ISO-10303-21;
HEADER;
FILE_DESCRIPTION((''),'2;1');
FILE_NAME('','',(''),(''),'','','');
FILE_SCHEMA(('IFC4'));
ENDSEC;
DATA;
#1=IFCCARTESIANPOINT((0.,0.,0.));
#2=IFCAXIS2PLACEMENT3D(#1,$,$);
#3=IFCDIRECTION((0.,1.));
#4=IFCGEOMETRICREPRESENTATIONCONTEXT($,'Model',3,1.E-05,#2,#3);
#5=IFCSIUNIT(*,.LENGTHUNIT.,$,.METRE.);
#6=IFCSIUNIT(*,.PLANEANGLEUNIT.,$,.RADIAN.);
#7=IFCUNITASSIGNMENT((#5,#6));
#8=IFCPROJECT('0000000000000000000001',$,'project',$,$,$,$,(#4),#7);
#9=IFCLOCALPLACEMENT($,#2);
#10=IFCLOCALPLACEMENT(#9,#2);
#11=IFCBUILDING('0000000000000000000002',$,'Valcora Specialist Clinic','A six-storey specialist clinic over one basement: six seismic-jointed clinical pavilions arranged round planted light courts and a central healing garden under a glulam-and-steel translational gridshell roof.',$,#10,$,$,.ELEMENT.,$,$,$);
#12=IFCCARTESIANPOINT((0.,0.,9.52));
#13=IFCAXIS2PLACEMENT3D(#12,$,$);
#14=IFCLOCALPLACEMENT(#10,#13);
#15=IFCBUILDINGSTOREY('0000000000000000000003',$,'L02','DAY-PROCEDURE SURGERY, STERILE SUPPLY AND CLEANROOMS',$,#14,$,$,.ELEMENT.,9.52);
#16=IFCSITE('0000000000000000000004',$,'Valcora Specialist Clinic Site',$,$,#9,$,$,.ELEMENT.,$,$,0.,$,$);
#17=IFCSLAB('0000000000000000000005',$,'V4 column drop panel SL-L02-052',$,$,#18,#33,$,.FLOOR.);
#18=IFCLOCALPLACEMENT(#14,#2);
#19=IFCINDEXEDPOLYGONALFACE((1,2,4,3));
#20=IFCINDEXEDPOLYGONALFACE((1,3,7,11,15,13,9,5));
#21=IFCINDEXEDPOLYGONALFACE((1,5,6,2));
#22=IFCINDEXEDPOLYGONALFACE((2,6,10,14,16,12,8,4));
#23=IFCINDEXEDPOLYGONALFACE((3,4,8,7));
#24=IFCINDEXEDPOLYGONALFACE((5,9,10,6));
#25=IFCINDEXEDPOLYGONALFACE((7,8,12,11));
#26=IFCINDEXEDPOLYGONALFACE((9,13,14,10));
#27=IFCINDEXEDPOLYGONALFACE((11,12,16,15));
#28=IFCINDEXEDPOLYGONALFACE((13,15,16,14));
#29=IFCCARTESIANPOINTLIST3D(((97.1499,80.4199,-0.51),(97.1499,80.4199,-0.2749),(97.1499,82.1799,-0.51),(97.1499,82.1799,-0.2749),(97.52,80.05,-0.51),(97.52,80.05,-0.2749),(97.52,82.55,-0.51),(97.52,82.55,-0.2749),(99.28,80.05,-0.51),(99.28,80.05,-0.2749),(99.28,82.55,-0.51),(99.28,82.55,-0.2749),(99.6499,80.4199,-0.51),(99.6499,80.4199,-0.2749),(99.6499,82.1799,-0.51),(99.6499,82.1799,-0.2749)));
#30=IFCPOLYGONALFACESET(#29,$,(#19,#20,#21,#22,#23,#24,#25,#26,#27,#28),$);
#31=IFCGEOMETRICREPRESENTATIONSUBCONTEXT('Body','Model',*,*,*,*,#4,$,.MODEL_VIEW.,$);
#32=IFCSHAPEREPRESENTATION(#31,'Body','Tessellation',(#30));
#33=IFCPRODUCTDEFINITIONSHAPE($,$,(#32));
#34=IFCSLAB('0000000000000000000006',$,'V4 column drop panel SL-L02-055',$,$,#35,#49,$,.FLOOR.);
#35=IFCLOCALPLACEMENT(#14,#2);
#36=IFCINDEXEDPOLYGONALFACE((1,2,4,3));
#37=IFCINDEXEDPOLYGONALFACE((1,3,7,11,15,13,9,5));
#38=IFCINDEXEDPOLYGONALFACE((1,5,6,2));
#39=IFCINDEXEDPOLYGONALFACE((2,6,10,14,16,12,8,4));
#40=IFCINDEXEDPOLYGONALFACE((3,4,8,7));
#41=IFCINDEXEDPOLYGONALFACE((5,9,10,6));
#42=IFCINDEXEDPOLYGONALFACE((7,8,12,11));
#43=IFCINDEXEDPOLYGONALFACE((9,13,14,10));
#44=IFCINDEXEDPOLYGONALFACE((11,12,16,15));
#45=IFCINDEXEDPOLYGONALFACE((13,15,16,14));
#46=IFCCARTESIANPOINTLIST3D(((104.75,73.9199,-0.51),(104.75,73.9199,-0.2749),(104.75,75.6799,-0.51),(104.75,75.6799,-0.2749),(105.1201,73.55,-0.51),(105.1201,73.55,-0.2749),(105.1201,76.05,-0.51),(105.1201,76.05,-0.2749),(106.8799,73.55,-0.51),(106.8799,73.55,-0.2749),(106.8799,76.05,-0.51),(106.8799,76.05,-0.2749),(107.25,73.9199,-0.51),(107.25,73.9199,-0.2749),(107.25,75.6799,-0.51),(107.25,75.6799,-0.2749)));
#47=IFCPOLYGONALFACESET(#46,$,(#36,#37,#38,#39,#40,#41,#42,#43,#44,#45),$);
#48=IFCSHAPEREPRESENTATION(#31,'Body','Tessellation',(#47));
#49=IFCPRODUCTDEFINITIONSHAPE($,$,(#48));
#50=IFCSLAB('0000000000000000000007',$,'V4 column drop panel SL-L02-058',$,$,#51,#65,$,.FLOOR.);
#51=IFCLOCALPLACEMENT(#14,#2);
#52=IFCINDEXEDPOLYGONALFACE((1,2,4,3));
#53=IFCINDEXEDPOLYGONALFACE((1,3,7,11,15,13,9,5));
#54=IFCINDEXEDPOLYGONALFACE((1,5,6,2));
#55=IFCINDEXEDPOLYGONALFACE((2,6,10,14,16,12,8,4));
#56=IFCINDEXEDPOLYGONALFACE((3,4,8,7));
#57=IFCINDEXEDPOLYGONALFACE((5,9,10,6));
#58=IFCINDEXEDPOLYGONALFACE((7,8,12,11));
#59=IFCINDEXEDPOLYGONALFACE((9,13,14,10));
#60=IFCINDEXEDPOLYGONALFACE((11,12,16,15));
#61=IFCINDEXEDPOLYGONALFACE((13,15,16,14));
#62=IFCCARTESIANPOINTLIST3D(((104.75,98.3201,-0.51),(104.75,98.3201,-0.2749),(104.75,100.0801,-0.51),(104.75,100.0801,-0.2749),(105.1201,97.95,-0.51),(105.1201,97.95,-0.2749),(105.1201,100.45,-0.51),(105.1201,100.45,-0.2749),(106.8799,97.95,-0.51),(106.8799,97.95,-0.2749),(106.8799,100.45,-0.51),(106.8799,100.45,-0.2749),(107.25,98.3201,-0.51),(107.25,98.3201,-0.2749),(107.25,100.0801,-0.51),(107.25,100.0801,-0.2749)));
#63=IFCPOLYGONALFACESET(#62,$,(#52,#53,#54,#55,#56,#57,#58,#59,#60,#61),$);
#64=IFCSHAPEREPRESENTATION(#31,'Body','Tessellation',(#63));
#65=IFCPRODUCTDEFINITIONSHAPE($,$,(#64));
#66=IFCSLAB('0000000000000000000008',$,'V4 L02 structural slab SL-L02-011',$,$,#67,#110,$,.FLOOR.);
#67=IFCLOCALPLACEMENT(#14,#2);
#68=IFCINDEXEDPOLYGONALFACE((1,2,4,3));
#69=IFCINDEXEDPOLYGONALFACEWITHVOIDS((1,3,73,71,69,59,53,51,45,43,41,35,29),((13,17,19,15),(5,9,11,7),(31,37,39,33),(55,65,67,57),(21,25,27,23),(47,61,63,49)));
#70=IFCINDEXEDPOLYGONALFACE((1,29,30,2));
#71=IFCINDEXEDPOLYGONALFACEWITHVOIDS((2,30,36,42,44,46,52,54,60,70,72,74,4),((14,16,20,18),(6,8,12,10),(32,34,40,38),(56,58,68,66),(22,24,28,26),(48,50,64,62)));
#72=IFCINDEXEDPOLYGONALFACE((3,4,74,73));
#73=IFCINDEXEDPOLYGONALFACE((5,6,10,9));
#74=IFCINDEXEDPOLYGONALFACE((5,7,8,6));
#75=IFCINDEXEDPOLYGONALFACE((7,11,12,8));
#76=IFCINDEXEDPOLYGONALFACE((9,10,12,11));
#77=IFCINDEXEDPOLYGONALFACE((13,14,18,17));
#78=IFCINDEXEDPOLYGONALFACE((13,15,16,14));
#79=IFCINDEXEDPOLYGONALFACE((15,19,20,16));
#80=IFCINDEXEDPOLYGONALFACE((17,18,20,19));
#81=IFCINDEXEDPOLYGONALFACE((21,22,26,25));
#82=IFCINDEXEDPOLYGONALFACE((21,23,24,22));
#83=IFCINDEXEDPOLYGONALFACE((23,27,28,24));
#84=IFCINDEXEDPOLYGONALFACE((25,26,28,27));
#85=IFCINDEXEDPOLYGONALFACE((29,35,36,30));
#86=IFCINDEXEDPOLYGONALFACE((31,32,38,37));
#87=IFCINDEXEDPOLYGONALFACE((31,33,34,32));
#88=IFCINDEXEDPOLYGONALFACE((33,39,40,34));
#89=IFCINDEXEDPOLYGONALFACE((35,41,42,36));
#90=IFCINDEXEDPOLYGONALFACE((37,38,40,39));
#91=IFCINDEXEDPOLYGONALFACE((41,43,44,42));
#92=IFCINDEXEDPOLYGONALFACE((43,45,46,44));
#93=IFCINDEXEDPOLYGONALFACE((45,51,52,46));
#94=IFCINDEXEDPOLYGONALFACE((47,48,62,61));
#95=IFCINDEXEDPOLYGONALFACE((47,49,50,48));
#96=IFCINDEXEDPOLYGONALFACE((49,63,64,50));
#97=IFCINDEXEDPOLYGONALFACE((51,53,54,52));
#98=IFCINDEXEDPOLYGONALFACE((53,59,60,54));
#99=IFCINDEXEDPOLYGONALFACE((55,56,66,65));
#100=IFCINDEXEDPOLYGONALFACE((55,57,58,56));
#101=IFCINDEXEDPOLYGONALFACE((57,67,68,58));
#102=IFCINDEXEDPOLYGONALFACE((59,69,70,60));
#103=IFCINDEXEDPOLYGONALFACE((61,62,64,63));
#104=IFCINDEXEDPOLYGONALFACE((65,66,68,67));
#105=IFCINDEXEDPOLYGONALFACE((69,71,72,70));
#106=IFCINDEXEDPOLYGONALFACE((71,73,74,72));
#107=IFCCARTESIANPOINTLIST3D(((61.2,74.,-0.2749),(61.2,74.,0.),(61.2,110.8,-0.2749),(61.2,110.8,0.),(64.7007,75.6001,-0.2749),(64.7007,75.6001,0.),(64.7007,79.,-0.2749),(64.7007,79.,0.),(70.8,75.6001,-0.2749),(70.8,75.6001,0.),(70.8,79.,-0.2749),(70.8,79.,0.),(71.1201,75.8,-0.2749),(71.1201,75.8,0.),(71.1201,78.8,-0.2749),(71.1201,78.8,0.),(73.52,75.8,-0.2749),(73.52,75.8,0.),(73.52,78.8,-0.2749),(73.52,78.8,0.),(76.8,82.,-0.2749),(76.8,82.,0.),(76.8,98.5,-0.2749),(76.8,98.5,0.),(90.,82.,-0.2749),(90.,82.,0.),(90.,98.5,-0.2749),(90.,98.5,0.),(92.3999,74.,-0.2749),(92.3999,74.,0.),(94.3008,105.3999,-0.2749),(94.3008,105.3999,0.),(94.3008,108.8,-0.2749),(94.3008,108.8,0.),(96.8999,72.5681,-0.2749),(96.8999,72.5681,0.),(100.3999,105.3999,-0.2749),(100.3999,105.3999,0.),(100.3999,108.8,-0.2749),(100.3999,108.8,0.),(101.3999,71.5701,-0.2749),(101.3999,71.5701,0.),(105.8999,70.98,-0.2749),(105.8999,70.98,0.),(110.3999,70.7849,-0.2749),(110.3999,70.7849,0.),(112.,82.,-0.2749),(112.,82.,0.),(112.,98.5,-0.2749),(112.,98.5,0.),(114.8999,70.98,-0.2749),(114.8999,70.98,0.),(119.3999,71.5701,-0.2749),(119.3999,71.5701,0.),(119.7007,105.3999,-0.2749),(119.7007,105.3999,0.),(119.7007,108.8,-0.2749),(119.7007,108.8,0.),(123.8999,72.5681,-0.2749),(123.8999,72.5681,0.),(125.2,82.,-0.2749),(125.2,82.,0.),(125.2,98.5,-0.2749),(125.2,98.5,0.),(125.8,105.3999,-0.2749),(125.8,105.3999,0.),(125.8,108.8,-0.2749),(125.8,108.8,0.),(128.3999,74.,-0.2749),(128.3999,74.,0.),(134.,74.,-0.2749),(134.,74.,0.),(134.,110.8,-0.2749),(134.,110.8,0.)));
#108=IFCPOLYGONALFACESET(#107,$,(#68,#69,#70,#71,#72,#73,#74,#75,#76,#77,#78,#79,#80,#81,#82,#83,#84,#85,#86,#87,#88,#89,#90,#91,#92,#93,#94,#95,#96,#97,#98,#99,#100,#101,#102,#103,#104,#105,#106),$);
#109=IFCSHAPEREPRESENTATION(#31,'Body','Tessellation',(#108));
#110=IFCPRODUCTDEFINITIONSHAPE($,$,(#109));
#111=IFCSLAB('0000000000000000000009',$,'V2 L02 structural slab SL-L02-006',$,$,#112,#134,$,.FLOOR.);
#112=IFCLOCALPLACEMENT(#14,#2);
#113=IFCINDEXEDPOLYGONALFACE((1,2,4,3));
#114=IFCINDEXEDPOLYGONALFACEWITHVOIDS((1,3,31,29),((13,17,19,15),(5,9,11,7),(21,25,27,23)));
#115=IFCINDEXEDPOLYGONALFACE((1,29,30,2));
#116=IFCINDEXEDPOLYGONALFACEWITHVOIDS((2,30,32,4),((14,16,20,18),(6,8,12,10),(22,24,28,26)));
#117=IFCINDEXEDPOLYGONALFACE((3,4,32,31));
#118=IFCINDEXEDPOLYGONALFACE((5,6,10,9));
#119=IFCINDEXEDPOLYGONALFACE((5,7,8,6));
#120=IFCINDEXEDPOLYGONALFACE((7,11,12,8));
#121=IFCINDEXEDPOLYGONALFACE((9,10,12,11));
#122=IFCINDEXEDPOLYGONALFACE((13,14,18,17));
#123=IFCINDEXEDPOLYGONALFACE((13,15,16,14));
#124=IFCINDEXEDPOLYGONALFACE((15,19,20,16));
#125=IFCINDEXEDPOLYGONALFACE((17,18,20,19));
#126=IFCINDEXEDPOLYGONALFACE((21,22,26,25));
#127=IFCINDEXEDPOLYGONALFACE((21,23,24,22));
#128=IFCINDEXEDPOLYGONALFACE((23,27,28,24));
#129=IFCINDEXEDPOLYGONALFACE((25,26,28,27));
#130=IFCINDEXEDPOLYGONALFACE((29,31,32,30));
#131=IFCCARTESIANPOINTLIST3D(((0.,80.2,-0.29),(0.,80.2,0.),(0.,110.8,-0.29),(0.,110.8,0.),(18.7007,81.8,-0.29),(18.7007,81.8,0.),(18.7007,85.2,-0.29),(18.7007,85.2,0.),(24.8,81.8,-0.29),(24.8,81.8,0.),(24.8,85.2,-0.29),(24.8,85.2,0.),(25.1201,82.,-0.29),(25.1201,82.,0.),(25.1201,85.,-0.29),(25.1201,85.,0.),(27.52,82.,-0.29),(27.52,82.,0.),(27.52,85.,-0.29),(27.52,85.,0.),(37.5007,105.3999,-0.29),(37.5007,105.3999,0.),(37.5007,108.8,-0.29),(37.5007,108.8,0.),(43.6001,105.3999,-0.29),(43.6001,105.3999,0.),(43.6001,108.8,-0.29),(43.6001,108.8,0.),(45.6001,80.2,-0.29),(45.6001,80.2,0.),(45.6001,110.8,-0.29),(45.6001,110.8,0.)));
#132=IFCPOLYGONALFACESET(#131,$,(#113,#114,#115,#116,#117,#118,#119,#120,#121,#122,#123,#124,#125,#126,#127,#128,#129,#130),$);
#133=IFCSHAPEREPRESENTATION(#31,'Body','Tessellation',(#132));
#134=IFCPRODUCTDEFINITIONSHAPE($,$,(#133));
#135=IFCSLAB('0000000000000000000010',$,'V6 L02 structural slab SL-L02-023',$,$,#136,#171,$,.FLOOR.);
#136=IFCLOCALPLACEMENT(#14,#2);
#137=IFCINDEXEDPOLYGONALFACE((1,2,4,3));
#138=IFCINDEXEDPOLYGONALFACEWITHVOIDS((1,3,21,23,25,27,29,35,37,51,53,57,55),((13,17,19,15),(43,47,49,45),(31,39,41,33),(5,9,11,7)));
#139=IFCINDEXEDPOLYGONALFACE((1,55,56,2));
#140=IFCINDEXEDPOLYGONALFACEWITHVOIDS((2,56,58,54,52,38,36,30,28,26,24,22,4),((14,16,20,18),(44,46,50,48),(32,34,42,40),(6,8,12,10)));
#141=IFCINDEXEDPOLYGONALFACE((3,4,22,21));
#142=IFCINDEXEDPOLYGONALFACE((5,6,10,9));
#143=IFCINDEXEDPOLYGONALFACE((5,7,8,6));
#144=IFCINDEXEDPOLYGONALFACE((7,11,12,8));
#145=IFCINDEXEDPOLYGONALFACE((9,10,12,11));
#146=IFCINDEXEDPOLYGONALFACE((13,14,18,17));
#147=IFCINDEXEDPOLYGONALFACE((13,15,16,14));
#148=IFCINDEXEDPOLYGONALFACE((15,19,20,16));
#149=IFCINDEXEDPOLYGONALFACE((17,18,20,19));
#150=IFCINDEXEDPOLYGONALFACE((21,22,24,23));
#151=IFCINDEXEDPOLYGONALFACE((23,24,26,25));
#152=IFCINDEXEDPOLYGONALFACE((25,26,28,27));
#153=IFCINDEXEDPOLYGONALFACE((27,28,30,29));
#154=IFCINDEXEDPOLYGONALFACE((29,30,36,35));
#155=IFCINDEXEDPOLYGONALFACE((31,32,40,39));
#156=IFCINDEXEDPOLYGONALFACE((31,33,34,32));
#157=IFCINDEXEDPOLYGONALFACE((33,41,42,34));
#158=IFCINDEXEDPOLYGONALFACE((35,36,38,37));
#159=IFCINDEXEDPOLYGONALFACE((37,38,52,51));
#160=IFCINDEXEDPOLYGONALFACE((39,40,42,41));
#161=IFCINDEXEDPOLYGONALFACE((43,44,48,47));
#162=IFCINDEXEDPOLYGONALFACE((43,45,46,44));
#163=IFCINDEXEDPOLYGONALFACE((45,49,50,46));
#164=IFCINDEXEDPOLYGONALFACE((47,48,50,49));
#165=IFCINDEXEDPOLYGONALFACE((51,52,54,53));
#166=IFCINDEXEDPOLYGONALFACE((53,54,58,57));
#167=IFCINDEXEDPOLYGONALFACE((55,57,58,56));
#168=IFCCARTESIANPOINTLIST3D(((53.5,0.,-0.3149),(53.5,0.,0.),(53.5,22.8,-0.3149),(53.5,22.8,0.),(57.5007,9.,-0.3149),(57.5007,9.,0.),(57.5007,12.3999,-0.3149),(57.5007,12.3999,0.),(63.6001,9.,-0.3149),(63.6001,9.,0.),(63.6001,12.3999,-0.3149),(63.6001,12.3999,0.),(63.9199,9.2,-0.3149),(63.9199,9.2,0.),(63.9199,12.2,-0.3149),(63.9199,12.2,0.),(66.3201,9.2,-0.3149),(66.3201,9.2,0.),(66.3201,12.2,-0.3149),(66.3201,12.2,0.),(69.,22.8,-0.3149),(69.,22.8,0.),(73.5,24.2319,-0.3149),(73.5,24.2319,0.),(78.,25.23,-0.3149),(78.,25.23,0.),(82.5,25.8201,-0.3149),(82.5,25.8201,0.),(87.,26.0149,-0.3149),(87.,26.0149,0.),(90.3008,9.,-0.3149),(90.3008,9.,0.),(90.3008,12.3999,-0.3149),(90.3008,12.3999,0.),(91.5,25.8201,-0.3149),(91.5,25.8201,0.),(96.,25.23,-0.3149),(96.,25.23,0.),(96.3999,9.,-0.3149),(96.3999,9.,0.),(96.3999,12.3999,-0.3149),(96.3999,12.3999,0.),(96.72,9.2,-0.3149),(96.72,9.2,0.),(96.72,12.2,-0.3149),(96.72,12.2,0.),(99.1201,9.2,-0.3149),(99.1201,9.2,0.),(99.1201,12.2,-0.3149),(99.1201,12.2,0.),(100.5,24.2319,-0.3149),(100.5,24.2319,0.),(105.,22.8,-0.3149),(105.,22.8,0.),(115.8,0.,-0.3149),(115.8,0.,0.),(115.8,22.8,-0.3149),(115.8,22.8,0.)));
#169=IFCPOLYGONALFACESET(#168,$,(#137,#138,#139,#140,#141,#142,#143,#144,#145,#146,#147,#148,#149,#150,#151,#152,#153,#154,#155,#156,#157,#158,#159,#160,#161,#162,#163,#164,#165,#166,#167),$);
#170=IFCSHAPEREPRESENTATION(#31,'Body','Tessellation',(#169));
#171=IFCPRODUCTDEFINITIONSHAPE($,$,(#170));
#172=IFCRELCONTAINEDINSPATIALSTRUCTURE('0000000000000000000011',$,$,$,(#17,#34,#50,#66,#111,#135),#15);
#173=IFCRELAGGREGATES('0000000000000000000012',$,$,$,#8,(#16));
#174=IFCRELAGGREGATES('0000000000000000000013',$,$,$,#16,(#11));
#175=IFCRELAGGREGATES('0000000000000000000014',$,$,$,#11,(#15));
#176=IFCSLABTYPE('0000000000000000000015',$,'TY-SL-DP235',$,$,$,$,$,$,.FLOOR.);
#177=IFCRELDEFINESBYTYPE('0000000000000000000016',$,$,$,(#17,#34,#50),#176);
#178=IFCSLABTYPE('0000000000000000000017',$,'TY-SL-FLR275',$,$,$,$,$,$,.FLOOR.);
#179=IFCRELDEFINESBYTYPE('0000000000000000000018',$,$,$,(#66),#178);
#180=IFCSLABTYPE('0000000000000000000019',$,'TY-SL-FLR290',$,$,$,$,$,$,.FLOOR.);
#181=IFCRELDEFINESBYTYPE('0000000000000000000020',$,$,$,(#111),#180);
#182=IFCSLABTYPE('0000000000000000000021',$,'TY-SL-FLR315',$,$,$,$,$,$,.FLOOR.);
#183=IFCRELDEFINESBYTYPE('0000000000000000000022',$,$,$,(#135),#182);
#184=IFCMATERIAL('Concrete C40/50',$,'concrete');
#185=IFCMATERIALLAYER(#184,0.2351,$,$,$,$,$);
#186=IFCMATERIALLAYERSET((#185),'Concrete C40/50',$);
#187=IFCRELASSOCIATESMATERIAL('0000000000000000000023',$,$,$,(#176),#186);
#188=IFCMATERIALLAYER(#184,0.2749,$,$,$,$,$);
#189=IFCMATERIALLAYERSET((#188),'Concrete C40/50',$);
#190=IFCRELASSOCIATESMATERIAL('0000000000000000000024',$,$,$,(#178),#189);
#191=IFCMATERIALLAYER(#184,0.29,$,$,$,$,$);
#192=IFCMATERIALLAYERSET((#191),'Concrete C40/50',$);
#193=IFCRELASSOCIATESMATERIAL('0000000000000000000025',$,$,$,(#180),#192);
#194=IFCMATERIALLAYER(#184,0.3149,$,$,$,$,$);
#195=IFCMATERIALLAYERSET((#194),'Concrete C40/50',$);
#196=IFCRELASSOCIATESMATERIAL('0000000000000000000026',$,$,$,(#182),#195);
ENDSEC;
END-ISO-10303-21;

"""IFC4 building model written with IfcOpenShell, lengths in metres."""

from ifc_helpers import new_model, si_unit, direction, frame, origin, place, context, subcontext, project, spatial, polyline, outline, extrude, material, layer, layer_set, type_object, element, save


model = new_model("IFC4")

# Units and contexts
model_context = context("Model", 3, precision=1e-05, world=origin(), true_north=direction((0.0, 1.0)))
body_context = subcontext(model_context, "Body", "Model", "MODEL_VIEW")
ifc_project = project(units=[si_unit("LENGTHUNIT", "METRE"), si_unit("PLANEANGLEUNIT", "RADIAN")], contexts=[model_context])

# Site, building, storey
site_placement = place(None, origin())
site = spatial("IfcSite", under=ifc_project, at=site_placement, Name="Valcora Specialist Clinic Site", CompositionType="ELEMENT", RefElevation=0.0)
building_placement = place(site_placement, origin())
building = spatial("IfcBuilding", under=site, at=building_placement, Name="Valcora Specialist Clinic", Description="A six-storey specialist clinic over one basement: six seismic-jointed clinical pavilions arranged round planted light courts and a central healing garden under a glulam-and-steel translational gridshell roof.", CompositionType="ELEMENT")
storey_placement = place(building_placement, frame((0.0, 0.0, 9.52)))
storey = spatial("IfcBuildingStorey", under=building, at=storey_placement, Name="L02", Description="DAY-PROCEDURE SURGERY, STERILE SUPPLY AND CLEANROOMS", CompositionType="ELEMENT", Elevation=9.52)

# Slabs
ifc_material_1 = material(Name="Concrete C40/50", Category="concrete")
ifc_layer_1 = layer(ifc_material_1, 0.2351)
ifc_layer_set_1 = layer_set([ifc_layer_1], Name="Concrete C40/50")
slab_type_1 = type_object("IfcSlabType", Name="TY-SL-DP235", PredefinedType="FLOOR", material=ifc_layer_set_1)
slab_1_placement = place(storey_placement, frame((0.0, 0.0, -0.51)))
element("IfcSlab", 1, at=slab_1_placement, inside=storey, type_object=slab_type_1, Name="V4 column drop panel SL-L02-052", PredefinedType="FLOOR", context=body_context, shape_type="SweptSolid", body=[
    extrude(outline(polyline([(97.52, 80.05), (99.28, 80.05), (99.6499, 80.4199), (99.6499, 82.1799), (99.28, 82.55), (97.52, 82.55), (97.1499, 82.1799), (97.1499, 80.4199), (97.52, 80.05)])), origin(), (0.0, 0.0, 1.0), 0.2351),
])
slab_2_placement = place(storey_placement, frame((0.0, 0.0, -0.51)))
element("IfcSlab", 2, at=slab_2_placement, inside=storey, type_object=slab_type_1, Name="V4 column drop panel SL-L02-055", PredefinedType="FLOOR", context=body_context, shape_type="SweptSolid", body=[
    extrude(outline(polyline([(105.1201, 73.55), (106.8799, 73.55), (107.25, 73.9199), (107.25, 75.6799), (106.8799, 76.05), (105.1201, 76.05), (104.75, 75.6799), (104.75, 73.9199), (105.1201, 73.55)])), origin(), (0.0, 0.0, 1.0), 0.2351),
])
slab_3_placement = place(storey_placement, frame((0.0, 0.0, -0.51)))
element("IfcSlab", 3, at=slab_3_placement, inside=storey, type_object=slab_type_1, Name="V4 column drop panel SL-L02-058", PredefinedType="FLOOR", context=body_context, shape_type="SweptSolid", body=[
    extrude(outline(polyline([(105.1201, 97.95), (106.8799, 97.95), (107.25, 98.3201), (107.25, 100.0801), (106.8799, 100.45), (105.1201, 100.45), (104.75, 100.0801), (104.75, 98.3201), (105.1201, 97.95)])), origin(), (0.0, 0.0, 1.0), 0.2351),
])
ifc_layer_2 = layer(ifc_material_1, 0.2749)
ifc_layer_set_2 = layer_set([ifc_layer_2], Name="Concrete C40/50")
slab_type_2 = type_object("IfcSlabType", Name="TY-SL-FLR275", PredefinedType="FLOOR", material=ifc_layer_set_2)
slab_4_placement = place(storey_placement, frame((0.0, 0.0, -0.2749)))
element("IfcSlab", 4, at=slab_4_placement, inside=storey, type_object=slab_type_2, Name="V4 L02 structural slab SL-L02-011", PredefinedType="FLOOR", context=body_context, shape_type="SweptSolid", body=[
    extrude(outline(polyline([(61.2, 74.0), (92.3999, 74.0), (96.8999, 72.5681), (101.3999, 71.5701), (105.8999, 70.98), (110.3999, 70.7849), (114.8999, 70.98), (119.3999, 71.5701), (123.8999, 72.5681), (128.3999, 74.0), (134.0, 74.0), (134.0, 110.8), (61.2, 110.8), (61.2, 74.0)]), holes=[polyline([(76.8, 82.0), (90.0, 82.0), (90.0, 98.5), (76.8, 98.5), (76.8, 82.0)]), polyline([(112.0, 82.0), (125.2, 82.0), (125.2, 98.5), (112.0, 98.5), (112.0, 82.0)]), polyline([(64.7007, 75.6001), (70.8, 75.6001), (70.8, 79.0), (64.7007, 79.0), (64.7007, 75.6001)]), polyline([(71.1201, 75.8), (73.52, 75.8), (73.52, 78.8), (71.1201, 78.8), (71.1201, 75.8)]), polyline([(94.3008, 105.3999), (100.3999, 105.3999), (100.3999, 108.8), (94.3008, 108.8), (94.3008, 105.3999)]), polyline([(119.7007, 105.3999), (125.8, 105.3999), (125.8, 108.8), (119.7007, 108.8), (119.7007, 105.3999)])]), origin(), (0.0, 0.0, 1.0), 0.2749),
])
ifc_layer_3 = layer(ifc_material_1, 0.29)
ifc_layer_set_3 = layer_set([ifc_layer_3], Name="Concrete C40/50")
slab_type_3 = type_object("IfcSlabType", Name="TY-SL-FLR290", PredefinedType="FLOOR", material=ifc_layer_set_3)
slab_5_placement = place(storey_placement, frame((0.0, 0.0, -0.29)))
element("IfcSlab", 5, at=slab_5_placement, inside=storey, type_object=slab_type_3, Name="V2 L02 structural slab SL-L02-006", PredefinedType="FLOOR", context=body_context, shape_type="SweptSolid", body=[
    extrude(outline(polyline([(0.0, 80.2), (45.6001, 80.2), (45.6001, 110.8), (0.0, 110.8), (0.0, 80.2)]), holes=[polyline([(18.7007, 81.8), (24.8, 81.8), (24.8, 85.2), (18.7007, 85.2), (18.7007, 81.8)]), polyline([(25.1201, 82.0), (27.52, 82.0), (27.52, 85.0), (25.1201, 85.0), (25.1201, 82.0)]), polyline([(37.5007, 105.3999), (43.6001, 105.3999), (43.6001, 108.8), (37.5007, 108.8), (37.5007, 105.3999)])]), origin(), (0.0, 0.0, 1.0), 0.29),
])
ifc_layer_4 = layer(ifc_material_1, 0.3149)
ifc_layer_set_4 = layer_set([ifc_layer_4], Name="Concrete C40/50")
slab_type_4 = type_object("IfcSlabType", Name="TY-SL-FLR315", PredefinedType="FLOOR", material=ifc_layer_set_4)
slab_6_placement = place(storey_placement, frame((0.0, 0.0, -0.3149)))
element("IfcSlab", 6, at=slab_6_placement, inside=storey, type_object=slab_type_4, Name="V6 L02 structural slab SL-L02-023", PredefinedType="FLOOR", context=body_context, shape_type="SweptSolid", body=[
    extrude(outline(polyline([(53.5, 0.0), (115.8, 0.0), (115.8, 22.8), (105.0, 22.8), (100.5, 24.2319), (96.0, 25.23), (91.5, 25.8201), (87.0, 26.0149), (82.5, 25.8201), (78.0, 25.23), (73.5, 24.2319), (69.0, 22.8), (53.5, 22.8), (53.5, 0.0)]), holes=[polyline([(57.5007, 9.0), (63.6001, 9.0), (63.6001, 12.3999), (57.5007, 12.3999), (57.5007, 9.0)]), polyline([(63.9199, 9.2), (66.3201, 9.2), (66.3201, 12.2), (63.9199, 12.2), (63.9199, 9.2)]), polyline([(90.3008, 9.0), (96.3999, 9.0), (96.3999, 12.3999), (90.3008, 12.3999), (90.3008, 9.0)]), polyline([(96.72, 9.2), (99.1201, 9.2), (99.1201, 12.2), (96.72, 12.2), (96.72, 9.2)])]), origin(), (0.0, 0.0, 1.0), 0.3149),
])

save(model, "model.ifc")
